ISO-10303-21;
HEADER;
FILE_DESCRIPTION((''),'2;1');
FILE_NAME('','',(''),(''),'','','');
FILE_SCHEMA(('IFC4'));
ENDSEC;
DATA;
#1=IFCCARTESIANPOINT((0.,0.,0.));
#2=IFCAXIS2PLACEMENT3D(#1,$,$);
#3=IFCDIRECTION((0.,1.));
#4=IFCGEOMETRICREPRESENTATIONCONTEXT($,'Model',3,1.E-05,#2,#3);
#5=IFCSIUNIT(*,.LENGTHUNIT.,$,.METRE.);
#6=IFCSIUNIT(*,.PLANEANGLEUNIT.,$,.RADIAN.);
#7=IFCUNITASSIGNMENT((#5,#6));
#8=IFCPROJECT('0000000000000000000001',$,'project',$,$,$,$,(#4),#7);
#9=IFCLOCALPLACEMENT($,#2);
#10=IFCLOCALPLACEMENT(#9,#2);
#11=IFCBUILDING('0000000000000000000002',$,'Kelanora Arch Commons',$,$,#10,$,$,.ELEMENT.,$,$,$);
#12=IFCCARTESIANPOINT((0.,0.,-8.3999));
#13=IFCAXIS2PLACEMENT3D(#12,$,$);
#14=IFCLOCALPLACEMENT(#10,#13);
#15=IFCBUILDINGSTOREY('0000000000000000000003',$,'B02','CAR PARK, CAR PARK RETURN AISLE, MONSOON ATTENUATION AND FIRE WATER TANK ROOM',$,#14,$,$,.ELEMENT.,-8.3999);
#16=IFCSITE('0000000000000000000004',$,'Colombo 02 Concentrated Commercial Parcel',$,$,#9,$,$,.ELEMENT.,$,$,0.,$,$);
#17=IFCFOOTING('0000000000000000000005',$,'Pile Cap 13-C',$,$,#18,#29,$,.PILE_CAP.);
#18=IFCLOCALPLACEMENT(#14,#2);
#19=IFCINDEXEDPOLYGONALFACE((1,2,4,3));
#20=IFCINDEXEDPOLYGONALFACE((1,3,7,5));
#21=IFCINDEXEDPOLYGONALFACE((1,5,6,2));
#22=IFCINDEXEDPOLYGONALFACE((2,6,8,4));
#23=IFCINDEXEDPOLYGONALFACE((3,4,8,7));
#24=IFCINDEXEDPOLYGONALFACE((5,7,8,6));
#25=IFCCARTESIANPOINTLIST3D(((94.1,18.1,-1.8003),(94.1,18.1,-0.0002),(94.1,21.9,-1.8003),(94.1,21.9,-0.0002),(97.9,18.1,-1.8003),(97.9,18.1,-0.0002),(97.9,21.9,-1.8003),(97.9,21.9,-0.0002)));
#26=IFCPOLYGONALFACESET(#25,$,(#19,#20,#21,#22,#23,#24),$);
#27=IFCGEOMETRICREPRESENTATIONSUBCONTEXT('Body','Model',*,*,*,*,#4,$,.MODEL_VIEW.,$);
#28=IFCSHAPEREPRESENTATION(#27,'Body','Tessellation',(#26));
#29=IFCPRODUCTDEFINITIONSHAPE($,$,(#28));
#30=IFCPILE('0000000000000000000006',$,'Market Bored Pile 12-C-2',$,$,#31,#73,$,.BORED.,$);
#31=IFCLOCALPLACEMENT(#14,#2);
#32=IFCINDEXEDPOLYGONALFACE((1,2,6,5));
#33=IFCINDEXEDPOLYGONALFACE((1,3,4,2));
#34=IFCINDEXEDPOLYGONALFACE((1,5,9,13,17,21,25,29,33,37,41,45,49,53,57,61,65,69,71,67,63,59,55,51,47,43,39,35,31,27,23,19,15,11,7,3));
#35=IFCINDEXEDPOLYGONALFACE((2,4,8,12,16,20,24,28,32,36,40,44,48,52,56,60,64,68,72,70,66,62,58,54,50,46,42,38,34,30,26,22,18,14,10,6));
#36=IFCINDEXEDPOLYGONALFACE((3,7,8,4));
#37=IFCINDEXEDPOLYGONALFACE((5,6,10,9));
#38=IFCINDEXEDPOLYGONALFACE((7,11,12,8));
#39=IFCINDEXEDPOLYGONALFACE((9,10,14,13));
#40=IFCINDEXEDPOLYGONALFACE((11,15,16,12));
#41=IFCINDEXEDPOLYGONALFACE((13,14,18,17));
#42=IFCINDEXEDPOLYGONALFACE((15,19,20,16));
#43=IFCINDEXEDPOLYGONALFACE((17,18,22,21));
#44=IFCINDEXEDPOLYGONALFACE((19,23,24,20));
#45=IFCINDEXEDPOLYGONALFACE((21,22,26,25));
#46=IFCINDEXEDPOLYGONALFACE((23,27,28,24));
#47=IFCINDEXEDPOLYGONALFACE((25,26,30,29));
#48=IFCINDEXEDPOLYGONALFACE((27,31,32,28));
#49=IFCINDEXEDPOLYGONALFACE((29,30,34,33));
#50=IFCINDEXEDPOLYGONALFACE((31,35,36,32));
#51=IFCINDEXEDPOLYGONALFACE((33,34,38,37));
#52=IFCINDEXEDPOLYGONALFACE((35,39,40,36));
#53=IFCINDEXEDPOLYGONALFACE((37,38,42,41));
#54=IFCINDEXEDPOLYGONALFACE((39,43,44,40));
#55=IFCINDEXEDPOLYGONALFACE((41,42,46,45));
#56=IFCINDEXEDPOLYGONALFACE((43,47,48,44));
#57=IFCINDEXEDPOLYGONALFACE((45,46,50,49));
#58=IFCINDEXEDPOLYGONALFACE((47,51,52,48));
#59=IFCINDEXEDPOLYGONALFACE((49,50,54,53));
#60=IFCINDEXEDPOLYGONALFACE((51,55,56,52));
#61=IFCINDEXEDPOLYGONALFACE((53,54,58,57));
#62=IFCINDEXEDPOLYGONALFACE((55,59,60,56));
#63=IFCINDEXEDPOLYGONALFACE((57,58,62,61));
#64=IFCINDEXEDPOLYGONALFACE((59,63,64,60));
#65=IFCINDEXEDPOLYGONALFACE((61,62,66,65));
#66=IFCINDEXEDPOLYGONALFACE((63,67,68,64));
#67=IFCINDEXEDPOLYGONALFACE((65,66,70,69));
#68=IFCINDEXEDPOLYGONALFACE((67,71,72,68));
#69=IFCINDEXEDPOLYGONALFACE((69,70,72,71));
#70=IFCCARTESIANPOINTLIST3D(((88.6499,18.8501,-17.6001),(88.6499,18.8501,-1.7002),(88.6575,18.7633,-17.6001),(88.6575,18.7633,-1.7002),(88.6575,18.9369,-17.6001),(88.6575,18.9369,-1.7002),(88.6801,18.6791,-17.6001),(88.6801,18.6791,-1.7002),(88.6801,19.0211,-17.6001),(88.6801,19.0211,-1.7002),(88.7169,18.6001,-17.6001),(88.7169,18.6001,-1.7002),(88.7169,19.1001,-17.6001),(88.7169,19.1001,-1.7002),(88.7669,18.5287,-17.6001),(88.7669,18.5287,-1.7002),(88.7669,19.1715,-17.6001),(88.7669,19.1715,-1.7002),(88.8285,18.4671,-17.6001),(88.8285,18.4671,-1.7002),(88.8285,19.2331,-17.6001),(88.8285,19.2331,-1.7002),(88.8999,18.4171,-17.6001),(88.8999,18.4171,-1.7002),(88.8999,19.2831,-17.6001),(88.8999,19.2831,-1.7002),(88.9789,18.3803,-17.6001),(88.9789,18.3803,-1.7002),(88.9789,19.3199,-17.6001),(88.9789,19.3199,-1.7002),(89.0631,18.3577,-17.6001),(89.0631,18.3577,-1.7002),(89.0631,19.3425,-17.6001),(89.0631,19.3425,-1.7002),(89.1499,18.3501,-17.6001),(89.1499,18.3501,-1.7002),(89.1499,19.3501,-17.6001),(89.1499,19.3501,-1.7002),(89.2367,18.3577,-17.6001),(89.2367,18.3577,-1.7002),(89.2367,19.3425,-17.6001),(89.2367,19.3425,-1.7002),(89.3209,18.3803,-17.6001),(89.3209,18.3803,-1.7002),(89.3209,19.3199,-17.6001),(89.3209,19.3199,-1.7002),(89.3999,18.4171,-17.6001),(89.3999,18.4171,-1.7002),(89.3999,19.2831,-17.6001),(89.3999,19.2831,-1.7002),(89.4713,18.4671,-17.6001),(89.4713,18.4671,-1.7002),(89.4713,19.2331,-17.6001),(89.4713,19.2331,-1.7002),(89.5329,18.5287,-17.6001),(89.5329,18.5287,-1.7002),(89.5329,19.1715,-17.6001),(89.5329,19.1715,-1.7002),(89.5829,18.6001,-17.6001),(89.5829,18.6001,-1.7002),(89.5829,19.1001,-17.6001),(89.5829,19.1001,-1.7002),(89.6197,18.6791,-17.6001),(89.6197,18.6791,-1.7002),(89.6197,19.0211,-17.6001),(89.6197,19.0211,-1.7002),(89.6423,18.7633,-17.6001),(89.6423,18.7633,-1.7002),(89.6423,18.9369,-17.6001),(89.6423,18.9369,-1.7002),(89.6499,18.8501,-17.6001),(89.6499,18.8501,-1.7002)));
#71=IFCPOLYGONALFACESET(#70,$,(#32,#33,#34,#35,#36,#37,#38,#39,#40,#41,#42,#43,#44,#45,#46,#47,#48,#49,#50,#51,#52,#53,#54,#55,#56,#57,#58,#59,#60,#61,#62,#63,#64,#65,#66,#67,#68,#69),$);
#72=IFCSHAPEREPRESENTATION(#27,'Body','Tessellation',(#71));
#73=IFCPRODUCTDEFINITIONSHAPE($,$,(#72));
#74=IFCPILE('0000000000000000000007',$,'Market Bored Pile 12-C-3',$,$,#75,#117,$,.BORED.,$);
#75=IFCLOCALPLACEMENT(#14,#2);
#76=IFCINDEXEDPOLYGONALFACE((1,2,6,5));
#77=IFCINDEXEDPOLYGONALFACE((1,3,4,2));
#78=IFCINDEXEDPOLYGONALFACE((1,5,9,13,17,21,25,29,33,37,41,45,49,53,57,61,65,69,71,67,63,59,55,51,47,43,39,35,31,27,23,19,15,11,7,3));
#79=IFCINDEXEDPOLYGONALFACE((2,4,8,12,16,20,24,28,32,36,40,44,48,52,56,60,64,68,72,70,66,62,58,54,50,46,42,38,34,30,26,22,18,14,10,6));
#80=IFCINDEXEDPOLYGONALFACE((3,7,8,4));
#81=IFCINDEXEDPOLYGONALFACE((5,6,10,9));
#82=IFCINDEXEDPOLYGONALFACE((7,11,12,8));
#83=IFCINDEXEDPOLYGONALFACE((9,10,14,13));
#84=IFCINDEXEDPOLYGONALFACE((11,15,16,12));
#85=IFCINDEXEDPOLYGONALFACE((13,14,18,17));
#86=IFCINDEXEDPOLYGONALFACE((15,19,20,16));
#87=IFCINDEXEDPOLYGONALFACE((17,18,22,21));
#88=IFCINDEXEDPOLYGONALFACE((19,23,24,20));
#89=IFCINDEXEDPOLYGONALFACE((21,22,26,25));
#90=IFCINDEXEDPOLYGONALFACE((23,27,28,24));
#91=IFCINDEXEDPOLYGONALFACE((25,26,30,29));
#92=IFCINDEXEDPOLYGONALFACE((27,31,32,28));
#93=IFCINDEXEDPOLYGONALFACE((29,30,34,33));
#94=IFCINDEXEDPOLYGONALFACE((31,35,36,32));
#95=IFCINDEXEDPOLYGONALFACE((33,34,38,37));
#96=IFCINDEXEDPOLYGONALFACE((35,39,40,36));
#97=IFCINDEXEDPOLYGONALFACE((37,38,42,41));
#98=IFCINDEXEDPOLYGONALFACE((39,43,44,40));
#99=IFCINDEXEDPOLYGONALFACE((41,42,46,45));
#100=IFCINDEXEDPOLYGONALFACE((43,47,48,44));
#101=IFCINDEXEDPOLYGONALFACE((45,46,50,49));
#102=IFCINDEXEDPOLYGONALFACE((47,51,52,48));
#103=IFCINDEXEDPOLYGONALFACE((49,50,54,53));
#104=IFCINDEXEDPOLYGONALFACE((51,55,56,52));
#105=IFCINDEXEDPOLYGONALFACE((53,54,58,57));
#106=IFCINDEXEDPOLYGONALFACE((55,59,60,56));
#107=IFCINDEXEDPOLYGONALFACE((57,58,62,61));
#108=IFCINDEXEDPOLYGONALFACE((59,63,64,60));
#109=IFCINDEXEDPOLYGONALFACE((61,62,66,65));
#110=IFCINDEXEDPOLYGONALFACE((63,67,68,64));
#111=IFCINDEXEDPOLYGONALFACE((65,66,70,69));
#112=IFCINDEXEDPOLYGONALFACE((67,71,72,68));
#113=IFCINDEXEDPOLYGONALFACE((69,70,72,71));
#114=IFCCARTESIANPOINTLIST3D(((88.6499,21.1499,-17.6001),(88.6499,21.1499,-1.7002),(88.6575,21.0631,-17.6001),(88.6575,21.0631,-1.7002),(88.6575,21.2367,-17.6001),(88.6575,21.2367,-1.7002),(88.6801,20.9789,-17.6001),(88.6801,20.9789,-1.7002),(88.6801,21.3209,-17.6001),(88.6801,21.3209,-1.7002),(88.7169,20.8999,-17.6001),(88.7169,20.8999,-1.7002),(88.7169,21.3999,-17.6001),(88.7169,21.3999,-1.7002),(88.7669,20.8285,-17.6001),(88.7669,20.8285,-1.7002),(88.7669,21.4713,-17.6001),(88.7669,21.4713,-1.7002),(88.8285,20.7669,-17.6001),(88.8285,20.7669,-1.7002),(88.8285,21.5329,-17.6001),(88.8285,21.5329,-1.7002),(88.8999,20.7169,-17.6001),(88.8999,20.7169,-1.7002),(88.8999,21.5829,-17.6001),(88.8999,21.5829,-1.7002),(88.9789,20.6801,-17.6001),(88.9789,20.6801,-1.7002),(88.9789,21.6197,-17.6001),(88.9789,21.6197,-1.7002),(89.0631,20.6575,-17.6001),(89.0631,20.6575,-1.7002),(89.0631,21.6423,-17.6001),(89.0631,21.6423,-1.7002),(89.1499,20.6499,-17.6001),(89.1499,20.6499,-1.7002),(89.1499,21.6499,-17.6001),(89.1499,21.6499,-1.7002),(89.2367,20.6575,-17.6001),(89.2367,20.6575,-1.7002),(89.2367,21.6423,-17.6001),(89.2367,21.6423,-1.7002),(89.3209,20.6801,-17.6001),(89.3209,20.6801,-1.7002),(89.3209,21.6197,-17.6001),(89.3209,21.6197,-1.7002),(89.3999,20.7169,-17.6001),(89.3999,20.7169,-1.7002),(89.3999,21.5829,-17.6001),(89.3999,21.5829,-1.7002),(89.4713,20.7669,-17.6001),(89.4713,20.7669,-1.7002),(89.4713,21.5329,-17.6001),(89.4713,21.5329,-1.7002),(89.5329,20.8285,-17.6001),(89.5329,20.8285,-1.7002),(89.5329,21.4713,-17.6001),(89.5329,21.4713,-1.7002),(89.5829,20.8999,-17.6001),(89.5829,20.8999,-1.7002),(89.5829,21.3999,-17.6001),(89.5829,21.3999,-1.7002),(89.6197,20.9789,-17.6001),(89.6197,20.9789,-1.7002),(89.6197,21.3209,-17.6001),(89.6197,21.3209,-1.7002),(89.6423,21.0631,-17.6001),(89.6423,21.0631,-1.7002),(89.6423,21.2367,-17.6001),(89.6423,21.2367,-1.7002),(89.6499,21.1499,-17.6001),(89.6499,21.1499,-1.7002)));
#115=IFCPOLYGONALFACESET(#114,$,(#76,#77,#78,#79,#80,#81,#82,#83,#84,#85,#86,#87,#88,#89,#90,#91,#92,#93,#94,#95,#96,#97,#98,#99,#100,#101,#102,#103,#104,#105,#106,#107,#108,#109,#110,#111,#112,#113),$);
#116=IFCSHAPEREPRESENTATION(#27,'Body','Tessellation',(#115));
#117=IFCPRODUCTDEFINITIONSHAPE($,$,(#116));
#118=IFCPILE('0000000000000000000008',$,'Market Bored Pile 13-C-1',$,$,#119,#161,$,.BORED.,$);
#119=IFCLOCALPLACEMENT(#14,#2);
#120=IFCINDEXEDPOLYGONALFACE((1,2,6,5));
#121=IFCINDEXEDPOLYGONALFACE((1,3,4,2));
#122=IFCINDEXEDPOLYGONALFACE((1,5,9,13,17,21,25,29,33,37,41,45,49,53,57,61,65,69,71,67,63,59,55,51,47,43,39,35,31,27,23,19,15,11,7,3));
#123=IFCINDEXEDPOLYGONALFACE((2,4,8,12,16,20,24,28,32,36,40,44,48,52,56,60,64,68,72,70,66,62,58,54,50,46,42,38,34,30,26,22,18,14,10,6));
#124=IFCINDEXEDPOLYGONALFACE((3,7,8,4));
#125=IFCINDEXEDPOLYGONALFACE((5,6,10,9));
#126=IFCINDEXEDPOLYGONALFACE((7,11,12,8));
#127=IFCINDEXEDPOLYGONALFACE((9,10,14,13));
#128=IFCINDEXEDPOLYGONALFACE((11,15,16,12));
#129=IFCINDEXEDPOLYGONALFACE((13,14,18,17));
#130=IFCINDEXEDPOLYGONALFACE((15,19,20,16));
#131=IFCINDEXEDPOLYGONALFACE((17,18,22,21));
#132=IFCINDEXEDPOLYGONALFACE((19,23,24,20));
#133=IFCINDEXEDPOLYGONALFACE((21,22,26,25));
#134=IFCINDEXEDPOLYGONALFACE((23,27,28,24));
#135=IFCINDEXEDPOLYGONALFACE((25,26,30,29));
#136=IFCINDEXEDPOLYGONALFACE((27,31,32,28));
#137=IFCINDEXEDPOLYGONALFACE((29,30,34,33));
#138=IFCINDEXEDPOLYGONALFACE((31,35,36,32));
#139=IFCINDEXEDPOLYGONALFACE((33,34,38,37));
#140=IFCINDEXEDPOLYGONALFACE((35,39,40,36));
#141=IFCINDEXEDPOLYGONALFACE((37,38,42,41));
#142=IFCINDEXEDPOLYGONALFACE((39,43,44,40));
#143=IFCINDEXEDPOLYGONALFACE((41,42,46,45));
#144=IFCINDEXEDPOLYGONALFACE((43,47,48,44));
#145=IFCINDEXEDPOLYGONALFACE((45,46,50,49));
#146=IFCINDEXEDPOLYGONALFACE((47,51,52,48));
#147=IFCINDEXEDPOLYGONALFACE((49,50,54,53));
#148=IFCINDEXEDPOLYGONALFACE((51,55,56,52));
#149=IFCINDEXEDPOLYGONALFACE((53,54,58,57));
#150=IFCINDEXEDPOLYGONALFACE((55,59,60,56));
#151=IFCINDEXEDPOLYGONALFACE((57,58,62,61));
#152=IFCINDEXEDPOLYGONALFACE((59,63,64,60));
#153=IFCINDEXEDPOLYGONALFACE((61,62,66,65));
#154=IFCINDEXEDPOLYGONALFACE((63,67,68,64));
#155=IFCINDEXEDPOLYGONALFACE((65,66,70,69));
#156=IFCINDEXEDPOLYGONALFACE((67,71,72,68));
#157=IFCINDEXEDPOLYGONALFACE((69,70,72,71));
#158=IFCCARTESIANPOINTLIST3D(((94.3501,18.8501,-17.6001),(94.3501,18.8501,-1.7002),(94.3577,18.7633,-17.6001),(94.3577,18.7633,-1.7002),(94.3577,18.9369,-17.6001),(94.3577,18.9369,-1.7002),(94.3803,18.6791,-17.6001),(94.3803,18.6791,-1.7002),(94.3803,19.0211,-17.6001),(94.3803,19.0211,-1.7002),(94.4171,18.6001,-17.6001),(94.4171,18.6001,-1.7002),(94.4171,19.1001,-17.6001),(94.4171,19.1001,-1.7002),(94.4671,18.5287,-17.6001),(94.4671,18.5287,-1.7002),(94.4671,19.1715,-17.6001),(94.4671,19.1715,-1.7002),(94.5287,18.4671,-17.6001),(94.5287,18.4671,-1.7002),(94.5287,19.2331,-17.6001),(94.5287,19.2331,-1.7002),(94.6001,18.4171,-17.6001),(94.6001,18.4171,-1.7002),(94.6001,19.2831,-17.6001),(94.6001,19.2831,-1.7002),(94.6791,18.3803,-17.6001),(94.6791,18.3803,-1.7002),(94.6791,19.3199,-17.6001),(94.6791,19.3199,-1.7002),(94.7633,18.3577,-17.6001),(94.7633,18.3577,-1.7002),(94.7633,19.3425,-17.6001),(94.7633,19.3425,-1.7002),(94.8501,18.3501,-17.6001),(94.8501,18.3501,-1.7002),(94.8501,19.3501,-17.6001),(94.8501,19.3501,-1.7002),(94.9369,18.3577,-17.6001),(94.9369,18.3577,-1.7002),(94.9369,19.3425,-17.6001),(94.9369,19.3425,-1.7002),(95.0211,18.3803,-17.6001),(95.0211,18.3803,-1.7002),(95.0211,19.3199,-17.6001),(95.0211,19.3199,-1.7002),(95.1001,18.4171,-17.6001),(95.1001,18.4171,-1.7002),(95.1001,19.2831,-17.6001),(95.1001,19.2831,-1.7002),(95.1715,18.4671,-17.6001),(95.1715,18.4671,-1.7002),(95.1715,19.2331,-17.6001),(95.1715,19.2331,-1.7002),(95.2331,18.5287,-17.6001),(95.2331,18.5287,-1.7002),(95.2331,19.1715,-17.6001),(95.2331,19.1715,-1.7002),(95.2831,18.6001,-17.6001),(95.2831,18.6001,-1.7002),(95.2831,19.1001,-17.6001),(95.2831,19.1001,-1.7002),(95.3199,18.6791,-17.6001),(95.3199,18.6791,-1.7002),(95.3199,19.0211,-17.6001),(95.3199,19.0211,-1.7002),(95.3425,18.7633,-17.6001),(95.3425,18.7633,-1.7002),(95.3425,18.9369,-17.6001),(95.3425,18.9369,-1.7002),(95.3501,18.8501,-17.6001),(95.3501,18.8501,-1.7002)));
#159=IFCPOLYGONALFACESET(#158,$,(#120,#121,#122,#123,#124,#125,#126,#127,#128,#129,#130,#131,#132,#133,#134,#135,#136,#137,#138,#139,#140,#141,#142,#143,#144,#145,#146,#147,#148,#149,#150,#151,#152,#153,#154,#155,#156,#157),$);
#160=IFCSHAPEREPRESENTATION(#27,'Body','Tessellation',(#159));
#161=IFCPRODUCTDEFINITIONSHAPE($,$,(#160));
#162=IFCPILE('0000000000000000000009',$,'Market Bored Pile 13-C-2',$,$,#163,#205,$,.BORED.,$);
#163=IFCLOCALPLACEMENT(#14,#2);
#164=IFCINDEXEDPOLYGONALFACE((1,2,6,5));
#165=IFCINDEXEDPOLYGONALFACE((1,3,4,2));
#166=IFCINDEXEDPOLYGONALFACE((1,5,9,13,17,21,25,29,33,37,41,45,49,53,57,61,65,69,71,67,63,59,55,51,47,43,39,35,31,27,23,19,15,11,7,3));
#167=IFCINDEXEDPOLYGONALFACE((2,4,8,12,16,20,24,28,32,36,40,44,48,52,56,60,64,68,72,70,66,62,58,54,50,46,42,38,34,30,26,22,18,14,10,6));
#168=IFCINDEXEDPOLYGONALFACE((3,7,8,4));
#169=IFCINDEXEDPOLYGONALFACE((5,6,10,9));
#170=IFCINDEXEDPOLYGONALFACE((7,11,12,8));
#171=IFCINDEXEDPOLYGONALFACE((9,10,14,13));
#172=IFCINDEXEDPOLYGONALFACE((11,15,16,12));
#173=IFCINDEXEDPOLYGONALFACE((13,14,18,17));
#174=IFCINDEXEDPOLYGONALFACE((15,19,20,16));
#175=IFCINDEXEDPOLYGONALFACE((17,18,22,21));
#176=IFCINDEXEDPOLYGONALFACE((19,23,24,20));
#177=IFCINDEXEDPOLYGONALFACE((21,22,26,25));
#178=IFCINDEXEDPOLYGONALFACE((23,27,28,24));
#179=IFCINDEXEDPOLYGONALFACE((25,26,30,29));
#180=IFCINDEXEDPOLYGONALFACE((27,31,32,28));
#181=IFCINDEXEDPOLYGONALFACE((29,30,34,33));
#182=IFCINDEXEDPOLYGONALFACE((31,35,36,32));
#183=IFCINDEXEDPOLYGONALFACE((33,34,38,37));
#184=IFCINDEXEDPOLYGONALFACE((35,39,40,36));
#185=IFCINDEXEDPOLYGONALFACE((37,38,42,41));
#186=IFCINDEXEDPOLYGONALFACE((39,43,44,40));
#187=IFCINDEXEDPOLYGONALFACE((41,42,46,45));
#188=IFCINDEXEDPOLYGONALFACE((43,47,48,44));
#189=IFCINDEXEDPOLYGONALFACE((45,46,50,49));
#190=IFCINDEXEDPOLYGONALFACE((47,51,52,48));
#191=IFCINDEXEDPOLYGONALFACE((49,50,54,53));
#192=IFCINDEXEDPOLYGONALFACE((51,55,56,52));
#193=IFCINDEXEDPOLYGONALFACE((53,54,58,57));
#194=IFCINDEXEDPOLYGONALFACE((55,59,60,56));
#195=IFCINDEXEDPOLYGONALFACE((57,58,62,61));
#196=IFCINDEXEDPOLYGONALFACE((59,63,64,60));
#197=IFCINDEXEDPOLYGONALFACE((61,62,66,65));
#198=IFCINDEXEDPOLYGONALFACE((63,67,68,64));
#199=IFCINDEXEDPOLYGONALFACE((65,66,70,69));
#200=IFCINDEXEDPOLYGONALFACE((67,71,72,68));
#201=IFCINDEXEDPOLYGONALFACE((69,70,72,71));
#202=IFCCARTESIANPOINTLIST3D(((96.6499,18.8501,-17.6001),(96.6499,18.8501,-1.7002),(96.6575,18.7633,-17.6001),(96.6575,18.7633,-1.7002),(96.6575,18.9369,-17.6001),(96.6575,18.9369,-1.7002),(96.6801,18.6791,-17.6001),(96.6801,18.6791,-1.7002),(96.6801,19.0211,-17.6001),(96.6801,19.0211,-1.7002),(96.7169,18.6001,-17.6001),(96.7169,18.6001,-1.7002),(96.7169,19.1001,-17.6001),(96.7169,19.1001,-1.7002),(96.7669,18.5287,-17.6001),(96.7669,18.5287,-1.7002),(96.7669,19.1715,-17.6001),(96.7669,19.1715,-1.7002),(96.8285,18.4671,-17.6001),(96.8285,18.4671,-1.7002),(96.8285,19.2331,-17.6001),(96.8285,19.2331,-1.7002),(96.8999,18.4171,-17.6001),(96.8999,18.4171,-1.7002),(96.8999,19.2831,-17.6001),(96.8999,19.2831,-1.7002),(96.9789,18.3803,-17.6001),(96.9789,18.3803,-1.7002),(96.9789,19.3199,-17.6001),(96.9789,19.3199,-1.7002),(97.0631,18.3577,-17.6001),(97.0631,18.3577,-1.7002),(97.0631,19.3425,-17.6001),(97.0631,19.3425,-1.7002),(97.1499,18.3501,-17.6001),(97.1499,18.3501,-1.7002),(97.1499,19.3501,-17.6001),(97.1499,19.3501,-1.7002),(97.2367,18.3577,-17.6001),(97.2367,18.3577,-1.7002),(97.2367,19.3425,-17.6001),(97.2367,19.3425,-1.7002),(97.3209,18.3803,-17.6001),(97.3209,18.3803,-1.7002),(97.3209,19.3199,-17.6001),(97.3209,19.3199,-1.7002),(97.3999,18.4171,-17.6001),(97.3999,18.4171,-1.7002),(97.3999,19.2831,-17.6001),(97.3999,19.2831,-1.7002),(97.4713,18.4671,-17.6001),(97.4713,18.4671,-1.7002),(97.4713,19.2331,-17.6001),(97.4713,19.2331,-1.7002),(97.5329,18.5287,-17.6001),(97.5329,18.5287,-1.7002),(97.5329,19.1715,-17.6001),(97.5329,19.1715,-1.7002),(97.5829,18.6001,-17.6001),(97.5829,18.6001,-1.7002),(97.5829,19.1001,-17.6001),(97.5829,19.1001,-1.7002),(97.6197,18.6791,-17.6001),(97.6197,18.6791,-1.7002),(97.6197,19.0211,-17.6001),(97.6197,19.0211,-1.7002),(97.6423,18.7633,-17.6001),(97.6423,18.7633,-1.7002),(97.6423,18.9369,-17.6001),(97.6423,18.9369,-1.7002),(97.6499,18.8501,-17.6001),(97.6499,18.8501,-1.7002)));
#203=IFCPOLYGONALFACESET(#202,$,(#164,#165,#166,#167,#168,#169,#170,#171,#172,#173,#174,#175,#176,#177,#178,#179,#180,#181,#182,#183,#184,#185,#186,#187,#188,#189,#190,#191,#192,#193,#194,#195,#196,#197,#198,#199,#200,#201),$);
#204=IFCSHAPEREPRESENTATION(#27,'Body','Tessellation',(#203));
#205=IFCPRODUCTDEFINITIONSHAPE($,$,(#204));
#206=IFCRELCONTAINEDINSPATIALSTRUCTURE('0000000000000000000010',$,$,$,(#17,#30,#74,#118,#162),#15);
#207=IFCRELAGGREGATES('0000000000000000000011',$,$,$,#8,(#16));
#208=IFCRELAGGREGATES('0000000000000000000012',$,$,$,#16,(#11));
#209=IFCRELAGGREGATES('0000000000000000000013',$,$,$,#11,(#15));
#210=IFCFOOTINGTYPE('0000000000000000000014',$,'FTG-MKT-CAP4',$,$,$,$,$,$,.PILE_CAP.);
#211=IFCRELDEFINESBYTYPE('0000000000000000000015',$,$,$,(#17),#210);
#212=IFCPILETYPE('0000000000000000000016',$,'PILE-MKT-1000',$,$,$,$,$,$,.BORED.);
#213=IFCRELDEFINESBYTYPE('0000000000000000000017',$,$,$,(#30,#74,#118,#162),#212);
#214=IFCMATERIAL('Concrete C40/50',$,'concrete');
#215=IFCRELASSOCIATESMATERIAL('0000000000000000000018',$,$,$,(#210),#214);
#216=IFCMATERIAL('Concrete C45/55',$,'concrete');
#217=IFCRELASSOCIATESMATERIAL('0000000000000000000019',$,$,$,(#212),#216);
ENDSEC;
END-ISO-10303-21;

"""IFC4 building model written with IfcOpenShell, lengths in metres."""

from ifc_helpers import new_model, si_unit, direction, frame, origin, origin_2d, place, context, subcontext, project, spatial, rectangle, circle, extrude, source, transform, mapped, material, material_profile, profile_set, type_object, element, save


model = new_model("IFC4")

# Units and contexts
model_context = context("Model", 3, precision=1e-05, world=origin(), true_north=direction((0.0, 1.0)))
body_context = subcontext(model_context, "Body", "Model", "MODEL_VIEW")
ifc_project = project(units=[si_unit("LENGTHUNIT", "METRE"), si_unit("PLANEANGLEUNIT", "RADIAN")], contexts=[model_context])

# Site, building, storey
site_placement = place(None, origin())
site = spatial("IfcSite", under=ifc_project, at=site_placement, Name="Colombo 02 Concentrated Commercial Parcel", CompositionType="ELEMENT", RefElevation=0.0)
building_placement = place(site_placement, origin())
building = spatial("IfcBuilding", under=site, at=building_placement, Name="Kelanora Arch Commons", CompositionType="ELEMENT")
storey_placement = place(building_placement, frame((0.0, 0.0, -8.3999)))
storey = spatial("IfcBuildingStorey", under=building, at=storey_placement, Name="B02", Description="CAR PARK, CAR PARK RETURN AISLE, MONSOON ATTENUATION AND FIRE WATER TANK ROOM", CompositionType="ELEMENT", Elevation=-8.3999)

# Footing
ifc_material_1 = material(Name="Concrete C40/50", Category="concrete")
footing_type_1 = type_object("IfcFootingType", Name="FTG-MKT-CAP4", PredefinedType="PILE_CAP", material=ifc_material_1)
shared_shape_1 = source(origin(), body_context, "Body", "SweptSolid", [
    extrude(rectangle(XDim=3.8, YDim=3.8, at=origin_2d()), origin(), (0.0, 0.0, 1.0), 1.8),
])
footing_1_placement = place(storey_placement, frame((96.0, 20.0, -1.8003), z_axis=(0.0, 0.0, 1.0), x_axis=(1.0, 0.0, 0.0)))
element("IfcFooting", 1, at=footing_1_placement, inside=storey, type_object=footing_type_1, Name="Pile Cap 13-C", PredefinedType="PILE_CAP", context=body_context, shape_type="MappedRepresentation", body=[
    mapped(shared_shape_1, transform((0.0, 0.0, 0.0), scale=1.0)),
])

# Piles
ifc_material_2 = material(Name="Concrete C45/55", Category="concrete")
ifc_material_profile_1 = material_profile(ifc_material_2, circle(Radius=0.5, at=origin_2d()), Name="PILE1000")
ifc_profile_set_1 = profile_set([ifc_material_profile_1], Name="Concrete C45/55")
pile_type = type_object("IfcPileType", Name="PILE-MKT-1000", PredefinedType="BORED", material=ifc_profile_set_1)
shared_shape_2 = source(origin(), body_context, "Body", "SweptSolid", [
    extrude(circle(Radius=0.5, at=origin_2d()), origin(), (0.0, 0.0, 1.0), 15.8999),
])
for number, where, z_axis, x_axis, name in (
    (2, (89.1499, 18.8501, -1.7002), (0.0, 0.0, -1.0), (1.0, 0.0, 0.0), "Market Bored Pile 12-C-2"),
    (3, (89.1499, 21.1499, -1.7002), (0.0, 0.0, -1.0), (1.0, 0.0, 0.0), "Market Bored Pile 12-C-3"),
    (4, (94.8501, 18.8501, -1.7002), (0.0, 0.0, -1.0), (1.0, 0.0, 0.0), "Market Bored Pile 13-C-1"),
    (5, (97.1499, 18.8501, -1.7002), (0.0, 0.0, -1.0), (1.0, 0.0, 0.0), "Market Bored Pile 13-C-2"),
):
    element("IfcPile", number, at=place(storey_placement, frame(where, z_axis=z_axis, x_axis=x_axis)), inside=storey, type_object=pile_type, Name=name, PredefinedType="BORED", context=body_context, shape_type="MappedRepresentation", body=[
        mapped(shared_shape_2, transform((0.0, 0.0, 0.0), scale=1.0)),
    ])

save(model, "model.ifc")
